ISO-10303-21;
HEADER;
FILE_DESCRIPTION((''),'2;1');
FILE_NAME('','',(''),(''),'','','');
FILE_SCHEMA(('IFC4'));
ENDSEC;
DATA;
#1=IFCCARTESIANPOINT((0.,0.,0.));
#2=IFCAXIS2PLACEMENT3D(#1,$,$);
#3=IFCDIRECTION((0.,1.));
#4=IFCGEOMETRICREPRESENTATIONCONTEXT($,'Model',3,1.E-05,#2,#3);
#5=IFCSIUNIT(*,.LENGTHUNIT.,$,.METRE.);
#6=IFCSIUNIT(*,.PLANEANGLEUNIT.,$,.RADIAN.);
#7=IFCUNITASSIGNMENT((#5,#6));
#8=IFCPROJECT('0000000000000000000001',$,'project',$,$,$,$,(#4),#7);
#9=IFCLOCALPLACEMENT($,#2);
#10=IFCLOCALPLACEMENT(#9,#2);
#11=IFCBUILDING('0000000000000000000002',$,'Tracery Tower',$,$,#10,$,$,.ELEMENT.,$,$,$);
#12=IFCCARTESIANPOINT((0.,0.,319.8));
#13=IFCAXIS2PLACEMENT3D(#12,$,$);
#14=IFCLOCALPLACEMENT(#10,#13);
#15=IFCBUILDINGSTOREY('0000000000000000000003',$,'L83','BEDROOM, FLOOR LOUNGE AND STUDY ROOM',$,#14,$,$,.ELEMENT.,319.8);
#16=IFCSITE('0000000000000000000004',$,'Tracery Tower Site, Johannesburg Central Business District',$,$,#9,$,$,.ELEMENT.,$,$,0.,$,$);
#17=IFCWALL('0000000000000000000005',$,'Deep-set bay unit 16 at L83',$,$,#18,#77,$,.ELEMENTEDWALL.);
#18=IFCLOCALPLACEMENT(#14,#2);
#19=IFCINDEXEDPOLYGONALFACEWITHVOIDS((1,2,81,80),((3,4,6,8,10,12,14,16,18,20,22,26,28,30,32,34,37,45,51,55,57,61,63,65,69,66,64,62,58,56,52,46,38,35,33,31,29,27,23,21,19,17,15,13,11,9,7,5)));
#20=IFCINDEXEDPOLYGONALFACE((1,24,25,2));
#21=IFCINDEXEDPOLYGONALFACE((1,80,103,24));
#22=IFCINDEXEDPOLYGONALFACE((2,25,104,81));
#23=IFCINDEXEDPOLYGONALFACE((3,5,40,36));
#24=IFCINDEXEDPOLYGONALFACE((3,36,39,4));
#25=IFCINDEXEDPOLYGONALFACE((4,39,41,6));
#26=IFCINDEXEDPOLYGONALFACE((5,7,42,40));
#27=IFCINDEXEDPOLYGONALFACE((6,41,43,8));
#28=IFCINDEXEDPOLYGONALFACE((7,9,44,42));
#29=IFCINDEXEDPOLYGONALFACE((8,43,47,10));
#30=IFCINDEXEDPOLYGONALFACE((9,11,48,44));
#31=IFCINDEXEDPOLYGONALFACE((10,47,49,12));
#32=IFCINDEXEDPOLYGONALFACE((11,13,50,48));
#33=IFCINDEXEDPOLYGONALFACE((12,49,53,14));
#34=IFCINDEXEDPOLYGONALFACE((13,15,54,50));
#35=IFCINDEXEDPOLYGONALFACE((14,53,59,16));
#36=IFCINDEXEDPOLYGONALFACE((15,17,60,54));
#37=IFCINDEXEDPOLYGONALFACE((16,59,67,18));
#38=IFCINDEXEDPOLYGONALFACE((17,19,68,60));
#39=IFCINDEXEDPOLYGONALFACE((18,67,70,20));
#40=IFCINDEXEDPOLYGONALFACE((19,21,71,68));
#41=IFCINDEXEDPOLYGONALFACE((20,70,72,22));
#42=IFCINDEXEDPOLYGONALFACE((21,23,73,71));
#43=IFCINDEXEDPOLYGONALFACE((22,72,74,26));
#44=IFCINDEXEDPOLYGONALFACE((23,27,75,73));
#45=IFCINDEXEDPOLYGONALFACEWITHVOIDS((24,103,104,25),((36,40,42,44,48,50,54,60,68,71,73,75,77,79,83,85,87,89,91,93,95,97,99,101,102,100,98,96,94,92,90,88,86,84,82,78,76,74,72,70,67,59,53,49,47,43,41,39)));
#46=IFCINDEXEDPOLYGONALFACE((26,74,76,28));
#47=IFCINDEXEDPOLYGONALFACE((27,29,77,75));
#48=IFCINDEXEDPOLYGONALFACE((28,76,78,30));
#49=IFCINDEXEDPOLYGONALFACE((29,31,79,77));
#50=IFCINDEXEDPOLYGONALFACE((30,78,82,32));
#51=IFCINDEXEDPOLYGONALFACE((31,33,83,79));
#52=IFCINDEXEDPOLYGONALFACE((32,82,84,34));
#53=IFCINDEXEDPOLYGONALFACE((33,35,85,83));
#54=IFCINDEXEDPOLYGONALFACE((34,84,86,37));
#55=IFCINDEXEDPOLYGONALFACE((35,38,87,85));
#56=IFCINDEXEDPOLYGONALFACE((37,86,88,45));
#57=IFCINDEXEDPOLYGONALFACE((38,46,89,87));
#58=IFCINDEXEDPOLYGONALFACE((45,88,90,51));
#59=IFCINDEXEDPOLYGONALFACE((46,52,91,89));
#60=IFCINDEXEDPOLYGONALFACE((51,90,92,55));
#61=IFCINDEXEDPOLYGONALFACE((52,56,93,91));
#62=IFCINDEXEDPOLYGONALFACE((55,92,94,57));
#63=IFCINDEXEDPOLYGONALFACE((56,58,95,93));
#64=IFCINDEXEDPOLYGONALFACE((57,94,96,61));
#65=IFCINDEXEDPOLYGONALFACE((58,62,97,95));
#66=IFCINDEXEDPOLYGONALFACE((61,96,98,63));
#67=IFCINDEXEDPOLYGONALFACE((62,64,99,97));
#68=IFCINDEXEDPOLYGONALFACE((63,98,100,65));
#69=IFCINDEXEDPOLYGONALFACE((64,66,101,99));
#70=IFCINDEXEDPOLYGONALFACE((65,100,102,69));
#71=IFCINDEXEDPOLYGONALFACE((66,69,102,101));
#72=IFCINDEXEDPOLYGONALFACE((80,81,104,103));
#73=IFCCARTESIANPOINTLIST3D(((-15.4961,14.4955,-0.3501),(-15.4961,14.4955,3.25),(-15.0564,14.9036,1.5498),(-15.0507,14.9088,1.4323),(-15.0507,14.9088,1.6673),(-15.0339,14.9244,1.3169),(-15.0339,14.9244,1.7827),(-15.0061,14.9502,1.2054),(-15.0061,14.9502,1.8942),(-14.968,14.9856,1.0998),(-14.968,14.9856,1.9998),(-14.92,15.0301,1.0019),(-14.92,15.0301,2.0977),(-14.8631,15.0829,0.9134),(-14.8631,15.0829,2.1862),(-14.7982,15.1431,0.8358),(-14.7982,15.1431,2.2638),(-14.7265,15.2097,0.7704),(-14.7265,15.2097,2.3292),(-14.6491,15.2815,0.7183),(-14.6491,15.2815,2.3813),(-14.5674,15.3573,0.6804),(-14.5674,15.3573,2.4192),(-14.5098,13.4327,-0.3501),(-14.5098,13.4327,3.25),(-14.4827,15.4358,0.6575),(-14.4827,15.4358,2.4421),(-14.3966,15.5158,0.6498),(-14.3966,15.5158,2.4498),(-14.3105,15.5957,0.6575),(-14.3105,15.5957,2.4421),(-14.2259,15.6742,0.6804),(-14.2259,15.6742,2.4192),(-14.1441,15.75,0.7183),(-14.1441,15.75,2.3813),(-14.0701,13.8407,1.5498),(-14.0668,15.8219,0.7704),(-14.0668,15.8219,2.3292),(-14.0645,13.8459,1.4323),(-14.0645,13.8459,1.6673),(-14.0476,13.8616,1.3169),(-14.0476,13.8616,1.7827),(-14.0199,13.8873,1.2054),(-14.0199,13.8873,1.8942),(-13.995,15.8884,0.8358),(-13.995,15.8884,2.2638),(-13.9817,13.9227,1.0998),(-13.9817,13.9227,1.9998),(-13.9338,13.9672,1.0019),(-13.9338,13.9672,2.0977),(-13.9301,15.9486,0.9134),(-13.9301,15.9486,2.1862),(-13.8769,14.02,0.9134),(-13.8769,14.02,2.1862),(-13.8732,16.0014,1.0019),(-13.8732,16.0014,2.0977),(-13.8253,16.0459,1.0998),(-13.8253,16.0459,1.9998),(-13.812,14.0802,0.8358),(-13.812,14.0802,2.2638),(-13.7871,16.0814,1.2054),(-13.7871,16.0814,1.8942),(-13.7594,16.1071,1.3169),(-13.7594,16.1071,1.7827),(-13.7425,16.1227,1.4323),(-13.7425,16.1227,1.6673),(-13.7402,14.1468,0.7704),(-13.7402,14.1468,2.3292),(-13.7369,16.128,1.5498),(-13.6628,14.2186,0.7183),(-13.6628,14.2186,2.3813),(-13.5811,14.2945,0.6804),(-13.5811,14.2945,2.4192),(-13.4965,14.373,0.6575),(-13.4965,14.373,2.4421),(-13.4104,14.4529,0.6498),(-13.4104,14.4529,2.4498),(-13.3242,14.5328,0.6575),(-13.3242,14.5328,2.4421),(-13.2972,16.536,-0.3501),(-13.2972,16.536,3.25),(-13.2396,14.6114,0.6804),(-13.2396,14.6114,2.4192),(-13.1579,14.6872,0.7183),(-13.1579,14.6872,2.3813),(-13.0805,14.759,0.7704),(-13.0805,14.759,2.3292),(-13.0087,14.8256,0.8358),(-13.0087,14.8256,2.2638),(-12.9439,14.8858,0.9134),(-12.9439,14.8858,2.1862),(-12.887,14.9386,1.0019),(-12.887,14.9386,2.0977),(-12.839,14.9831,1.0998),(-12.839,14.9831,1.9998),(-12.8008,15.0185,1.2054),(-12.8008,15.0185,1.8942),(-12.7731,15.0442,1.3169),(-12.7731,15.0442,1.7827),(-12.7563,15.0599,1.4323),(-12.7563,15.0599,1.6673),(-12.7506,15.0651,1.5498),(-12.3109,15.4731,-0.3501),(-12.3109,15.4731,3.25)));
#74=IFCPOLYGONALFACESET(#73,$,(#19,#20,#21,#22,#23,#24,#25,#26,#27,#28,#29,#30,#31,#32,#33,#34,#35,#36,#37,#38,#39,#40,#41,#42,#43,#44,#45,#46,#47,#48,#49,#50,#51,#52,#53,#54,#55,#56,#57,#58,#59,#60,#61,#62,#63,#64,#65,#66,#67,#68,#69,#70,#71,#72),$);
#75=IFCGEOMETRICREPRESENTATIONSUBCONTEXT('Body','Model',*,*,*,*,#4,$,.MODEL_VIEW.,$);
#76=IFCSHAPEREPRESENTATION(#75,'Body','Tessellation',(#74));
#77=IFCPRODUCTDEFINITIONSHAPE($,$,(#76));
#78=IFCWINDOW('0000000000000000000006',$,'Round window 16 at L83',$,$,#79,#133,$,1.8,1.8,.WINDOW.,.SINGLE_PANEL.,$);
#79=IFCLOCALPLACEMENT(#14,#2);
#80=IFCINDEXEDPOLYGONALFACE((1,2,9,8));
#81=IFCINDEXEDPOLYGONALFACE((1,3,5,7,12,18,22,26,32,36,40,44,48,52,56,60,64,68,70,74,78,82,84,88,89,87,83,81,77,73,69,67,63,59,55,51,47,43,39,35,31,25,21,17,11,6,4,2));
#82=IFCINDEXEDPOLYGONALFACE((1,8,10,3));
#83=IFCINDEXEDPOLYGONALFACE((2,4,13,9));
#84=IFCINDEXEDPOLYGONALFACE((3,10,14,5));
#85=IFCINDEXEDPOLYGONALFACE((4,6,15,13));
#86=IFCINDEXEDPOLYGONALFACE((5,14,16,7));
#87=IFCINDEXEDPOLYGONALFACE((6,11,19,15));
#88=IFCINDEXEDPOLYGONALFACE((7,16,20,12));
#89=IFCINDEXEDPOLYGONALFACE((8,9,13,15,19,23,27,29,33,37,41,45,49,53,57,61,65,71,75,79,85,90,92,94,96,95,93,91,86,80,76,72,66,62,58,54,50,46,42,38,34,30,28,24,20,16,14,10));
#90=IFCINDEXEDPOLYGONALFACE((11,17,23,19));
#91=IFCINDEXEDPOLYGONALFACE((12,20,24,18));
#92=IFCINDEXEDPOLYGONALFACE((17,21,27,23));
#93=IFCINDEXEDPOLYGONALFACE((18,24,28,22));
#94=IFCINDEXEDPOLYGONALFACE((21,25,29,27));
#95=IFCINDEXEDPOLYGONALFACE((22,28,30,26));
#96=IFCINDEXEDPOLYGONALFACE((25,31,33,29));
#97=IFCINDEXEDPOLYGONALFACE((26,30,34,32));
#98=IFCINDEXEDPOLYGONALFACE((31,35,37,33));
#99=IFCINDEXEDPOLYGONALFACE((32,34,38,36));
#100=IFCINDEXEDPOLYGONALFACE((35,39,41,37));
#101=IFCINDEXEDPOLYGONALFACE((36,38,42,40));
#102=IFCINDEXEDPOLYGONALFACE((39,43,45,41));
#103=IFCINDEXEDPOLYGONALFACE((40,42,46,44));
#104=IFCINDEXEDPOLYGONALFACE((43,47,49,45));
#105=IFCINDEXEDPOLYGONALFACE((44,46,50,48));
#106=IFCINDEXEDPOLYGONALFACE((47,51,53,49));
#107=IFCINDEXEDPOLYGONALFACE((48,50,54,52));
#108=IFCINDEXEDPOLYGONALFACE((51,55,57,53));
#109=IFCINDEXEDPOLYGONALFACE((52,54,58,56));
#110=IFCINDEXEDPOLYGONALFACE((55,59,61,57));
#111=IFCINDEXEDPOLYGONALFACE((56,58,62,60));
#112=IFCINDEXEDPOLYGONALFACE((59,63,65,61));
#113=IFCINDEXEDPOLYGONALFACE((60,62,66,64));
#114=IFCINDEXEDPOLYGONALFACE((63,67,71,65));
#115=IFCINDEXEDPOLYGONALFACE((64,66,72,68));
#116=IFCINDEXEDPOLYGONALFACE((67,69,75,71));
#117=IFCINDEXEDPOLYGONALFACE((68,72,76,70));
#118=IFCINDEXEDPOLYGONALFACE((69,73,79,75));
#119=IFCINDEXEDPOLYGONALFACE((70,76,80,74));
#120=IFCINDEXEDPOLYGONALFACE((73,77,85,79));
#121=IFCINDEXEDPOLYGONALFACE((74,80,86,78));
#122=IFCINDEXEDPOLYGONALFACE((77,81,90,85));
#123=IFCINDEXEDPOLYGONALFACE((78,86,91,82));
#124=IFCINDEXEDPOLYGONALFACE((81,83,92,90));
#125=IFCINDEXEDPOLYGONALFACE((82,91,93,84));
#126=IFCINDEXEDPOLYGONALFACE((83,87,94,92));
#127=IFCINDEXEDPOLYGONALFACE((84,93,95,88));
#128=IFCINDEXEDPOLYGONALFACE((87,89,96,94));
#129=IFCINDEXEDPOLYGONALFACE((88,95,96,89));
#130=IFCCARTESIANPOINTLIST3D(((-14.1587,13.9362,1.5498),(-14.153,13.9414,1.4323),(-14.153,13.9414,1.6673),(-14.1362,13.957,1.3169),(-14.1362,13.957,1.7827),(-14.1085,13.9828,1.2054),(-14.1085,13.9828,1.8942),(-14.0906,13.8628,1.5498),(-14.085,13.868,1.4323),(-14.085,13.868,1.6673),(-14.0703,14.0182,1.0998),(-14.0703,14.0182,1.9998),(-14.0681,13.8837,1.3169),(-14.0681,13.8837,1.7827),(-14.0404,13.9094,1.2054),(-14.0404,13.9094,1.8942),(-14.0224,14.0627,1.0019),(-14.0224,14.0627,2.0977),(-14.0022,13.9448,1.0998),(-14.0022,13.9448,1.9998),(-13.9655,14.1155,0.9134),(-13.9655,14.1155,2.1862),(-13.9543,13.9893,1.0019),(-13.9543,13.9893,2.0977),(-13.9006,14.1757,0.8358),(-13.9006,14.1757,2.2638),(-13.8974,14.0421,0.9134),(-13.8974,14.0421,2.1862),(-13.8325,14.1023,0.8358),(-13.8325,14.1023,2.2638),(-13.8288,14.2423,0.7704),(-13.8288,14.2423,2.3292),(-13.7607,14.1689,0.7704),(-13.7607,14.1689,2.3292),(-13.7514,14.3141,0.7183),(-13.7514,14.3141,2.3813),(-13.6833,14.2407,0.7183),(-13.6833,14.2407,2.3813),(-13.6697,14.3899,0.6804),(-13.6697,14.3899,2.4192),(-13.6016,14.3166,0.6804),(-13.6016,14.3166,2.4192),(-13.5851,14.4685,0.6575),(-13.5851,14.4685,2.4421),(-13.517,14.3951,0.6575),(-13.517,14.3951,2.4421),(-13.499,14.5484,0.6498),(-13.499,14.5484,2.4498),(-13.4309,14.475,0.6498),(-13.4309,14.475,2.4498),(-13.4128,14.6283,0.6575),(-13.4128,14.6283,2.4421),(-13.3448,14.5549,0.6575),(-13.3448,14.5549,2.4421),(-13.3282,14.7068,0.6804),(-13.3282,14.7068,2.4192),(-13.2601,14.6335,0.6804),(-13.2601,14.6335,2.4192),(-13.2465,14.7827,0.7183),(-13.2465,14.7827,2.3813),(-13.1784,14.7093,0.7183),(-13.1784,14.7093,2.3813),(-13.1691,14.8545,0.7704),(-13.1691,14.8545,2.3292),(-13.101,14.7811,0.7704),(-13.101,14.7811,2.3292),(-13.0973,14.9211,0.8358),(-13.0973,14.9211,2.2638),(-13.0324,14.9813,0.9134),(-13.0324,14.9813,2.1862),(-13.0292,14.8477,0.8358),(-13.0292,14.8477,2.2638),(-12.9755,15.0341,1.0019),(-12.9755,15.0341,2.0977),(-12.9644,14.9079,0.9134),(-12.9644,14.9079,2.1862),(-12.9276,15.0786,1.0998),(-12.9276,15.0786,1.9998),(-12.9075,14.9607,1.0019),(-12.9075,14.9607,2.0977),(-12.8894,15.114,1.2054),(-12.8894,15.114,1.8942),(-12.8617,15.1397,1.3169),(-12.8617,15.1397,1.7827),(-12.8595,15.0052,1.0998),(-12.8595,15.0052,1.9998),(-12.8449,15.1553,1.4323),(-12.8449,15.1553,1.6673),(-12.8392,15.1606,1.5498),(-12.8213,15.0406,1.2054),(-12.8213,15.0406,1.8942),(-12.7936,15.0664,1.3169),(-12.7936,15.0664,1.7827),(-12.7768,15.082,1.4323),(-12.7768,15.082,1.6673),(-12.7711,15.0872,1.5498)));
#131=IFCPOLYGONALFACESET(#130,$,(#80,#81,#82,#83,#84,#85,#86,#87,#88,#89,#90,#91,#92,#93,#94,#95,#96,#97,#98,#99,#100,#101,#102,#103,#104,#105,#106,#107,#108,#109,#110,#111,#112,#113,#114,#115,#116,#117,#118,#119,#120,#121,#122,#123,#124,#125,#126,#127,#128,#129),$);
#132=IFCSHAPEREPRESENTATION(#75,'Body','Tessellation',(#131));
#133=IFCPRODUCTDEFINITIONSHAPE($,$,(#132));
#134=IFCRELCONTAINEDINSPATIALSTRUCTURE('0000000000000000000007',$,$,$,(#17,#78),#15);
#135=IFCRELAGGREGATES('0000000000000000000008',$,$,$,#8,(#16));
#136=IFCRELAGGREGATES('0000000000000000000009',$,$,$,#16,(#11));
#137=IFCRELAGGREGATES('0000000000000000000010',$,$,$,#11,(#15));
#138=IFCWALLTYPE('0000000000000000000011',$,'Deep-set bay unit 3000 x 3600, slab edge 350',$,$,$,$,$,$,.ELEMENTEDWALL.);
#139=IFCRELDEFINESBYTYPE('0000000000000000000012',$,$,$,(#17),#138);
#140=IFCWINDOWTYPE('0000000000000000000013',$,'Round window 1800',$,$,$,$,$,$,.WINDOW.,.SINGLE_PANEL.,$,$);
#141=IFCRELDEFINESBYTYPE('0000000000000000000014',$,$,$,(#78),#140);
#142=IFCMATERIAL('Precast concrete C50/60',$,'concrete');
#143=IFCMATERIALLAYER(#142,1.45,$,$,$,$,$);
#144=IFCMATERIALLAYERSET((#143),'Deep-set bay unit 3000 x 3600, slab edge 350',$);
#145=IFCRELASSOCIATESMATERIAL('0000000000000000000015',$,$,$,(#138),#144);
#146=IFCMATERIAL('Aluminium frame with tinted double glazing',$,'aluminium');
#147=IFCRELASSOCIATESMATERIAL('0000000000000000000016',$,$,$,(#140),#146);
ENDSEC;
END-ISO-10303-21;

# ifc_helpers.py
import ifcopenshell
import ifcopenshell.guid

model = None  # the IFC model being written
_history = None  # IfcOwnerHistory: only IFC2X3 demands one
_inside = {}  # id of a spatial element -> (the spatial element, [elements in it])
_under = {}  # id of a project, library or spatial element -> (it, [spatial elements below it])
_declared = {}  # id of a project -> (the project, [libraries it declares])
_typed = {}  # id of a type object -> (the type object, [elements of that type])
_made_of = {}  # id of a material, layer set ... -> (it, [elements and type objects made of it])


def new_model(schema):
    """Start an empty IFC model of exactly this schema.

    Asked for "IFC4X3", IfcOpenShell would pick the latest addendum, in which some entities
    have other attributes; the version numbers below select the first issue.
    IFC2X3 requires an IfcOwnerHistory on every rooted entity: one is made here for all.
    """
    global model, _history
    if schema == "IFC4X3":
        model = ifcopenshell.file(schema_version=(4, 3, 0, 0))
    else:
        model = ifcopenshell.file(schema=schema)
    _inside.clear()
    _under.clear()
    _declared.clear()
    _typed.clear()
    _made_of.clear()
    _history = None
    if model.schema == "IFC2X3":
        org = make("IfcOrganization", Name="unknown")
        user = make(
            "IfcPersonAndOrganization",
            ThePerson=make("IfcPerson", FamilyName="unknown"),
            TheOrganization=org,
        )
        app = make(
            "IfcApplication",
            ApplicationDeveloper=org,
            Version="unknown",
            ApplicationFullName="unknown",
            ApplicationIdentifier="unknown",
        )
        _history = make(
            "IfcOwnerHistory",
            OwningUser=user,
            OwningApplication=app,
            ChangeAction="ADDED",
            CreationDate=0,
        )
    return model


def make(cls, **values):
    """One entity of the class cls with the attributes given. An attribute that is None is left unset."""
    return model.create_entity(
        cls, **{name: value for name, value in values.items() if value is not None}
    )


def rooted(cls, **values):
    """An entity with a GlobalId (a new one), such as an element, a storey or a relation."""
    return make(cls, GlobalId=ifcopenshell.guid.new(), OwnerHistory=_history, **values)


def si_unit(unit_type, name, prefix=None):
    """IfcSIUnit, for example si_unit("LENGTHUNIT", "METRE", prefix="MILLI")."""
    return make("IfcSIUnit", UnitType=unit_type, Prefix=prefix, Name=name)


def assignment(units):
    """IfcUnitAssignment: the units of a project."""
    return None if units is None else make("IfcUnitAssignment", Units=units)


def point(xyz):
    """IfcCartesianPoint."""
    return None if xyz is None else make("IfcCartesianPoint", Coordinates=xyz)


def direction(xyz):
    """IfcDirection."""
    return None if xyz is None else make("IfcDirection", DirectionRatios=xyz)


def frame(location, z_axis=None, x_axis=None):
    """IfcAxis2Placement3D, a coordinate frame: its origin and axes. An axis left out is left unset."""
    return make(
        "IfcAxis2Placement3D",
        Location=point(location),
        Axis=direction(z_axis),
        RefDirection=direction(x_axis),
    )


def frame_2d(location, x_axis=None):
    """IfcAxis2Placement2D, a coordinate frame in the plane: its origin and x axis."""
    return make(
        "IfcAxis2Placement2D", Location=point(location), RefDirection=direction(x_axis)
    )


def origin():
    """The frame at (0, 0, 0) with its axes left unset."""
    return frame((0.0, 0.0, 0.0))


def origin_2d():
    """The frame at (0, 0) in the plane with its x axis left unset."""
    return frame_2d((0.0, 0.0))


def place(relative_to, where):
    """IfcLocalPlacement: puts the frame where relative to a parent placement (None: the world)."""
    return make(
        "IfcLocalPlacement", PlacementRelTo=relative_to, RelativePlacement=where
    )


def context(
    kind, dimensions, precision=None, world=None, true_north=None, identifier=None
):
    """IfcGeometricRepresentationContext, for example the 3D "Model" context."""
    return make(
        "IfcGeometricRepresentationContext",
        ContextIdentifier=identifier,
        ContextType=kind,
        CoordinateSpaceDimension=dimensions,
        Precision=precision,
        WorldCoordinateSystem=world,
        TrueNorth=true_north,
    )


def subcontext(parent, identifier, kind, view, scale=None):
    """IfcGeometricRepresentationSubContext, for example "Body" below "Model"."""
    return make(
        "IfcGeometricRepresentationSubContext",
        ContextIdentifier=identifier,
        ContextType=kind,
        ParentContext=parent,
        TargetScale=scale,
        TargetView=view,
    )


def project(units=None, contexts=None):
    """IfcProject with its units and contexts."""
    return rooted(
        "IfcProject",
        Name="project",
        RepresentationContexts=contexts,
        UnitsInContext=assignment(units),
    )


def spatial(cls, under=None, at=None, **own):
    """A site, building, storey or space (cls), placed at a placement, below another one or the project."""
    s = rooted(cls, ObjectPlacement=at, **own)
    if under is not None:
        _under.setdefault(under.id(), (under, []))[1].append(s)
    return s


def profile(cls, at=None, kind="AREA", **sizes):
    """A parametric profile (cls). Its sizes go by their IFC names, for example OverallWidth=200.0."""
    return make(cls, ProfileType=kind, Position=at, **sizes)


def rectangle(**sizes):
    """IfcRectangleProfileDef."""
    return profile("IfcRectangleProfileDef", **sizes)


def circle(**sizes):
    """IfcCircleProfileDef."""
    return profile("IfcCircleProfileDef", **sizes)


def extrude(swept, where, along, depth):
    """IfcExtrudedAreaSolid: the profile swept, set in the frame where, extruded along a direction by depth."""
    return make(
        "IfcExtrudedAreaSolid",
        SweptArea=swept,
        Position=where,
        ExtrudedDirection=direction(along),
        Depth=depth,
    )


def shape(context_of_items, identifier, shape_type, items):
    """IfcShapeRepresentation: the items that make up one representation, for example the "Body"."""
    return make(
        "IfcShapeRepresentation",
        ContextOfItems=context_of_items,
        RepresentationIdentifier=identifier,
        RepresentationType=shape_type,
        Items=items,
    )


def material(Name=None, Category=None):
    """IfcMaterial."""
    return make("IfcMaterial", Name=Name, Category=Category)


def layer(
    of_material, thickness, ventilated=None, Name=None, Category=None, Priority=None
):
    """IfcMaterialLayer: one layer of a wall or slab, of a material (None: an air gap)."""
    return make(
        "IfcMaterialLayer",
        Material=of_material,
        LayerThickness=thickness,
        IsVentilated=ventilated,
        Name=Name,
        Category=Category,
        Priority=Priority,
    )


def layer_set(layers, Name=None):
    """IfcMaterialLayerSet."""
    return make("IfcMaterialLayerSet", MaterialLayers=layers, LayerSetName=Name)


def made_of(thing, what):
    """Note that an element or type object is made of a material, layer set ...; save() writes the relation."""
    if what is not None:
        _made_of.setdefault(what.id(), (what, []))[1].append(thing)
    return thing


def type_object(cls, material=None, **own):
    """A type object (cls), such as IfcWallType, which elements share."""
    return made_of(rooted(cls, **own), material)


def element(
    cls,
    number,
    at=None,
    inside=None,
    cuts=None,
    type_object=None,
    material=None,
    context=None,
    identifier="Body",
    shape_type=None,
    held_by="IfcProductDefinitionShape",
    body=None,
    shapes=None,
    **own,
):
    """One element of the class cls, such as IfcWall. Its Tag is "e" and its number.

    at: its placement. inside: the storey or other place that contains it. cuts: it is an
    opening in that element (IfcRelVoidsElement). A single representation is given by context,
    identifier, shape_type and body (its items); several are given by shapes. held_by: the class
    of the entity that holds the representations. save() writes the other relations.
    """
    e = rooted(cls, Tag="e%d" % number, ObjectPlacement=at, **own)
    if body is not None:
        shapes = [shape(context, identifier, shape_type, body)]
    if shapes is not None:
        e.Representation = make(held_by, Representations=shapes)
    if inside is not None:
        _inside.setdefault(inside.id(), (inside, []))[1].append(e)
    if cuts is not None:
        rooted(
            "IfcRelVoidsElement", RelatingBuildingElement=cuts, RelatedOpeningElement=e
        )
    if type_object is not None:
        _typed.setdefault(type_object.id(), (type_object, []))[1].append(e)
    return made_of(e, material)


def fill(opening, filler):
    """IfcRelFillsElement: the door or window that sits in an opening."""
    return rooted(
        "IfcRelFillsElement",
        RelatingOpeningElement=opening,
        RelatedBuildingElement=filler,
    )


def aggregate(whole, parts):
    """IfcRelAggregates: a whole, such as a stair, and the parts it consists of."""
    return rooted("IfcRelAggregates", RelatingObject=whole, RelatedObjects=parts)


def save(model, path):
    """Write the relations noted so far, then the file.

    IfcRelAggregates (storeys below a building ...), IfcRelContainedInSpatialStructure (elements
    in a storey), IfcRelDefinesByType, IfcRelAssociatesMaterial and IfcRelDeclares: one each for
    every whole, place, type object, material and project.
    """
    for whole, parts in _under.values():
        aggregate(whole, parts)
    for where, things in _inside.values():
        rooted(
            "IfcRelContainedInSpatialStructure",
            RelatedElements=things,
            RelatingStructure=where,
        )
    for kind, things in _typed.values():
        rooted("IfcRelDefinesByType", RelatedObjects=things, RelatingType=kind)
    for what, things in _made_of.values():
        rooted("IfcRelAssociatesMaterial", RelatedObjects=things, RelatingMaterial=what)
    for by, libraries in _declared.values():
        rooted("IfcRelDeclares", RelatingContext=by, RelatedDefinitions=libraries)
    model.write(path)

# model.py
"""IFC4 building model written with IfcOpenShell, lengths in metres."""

from ifc_helpers import new_model, si_unit, direction, frame, frame_2d, origin, origin_2d, place, context, subcontext, project, spatial, rectangle, circle, extrude, material, layer, layer_set, type_object, element, fill, save


model = new_model("IFC4")

# Units and contexts
model_context = context("Model", 3, precision=1e-05, world=origin(), true_north=direction((0.0, 1.0)))
body_context = subcontext(model_context, "Body", "Model", "MODEL_VIEW")
ifc_project = project(units=[si_unit("LENGTHUNIT", "METRE"), si_unit("PLANEANGLEUNIT", "RADIAN")], contexts=[model_context])

# Site, building, storey
site_placement = place(None, origin())
site = spatial("IfcSite", under=ifc_project, at=site_placement, Name="Tracery Tower Site, Johannesburg Central Business District", CompositionType="ELEMENT", RefElevation=0.0)
building_placement = place(site_placement, origin())
building = spatial("IfcBuilding", under=site, at=building_placement, Name="Tracery Tower", CompositionType="ELEMENT")
storey_placement = place(building_placement, frame((0.0, 0.0, 319.8)))
storey = spatial("IfcBuildingStorey", under=building, at=storey_placement, Name="L83", Description="BEDROOM, FLOOR LOUNGE AND STUDY ROOM", CompositionType="ELEMENT", Elevation=319.8)

# Wall, opening, window
ifc_material_1 = material(Name="Precast concrete C50/60", Category="concrete")
ifc_layer_1 = layer(ifc_material_1, 1.45)
ifc_layer_set_1 = layer_set([ifc_layer_1], Name="Deep-set bay unit 3000 x 3600, slab edge 350")
wall_type_1 = type_object("IfcWallType", Name="Deep-set bay unit 3000 x 3600, slab edge 350", PredefinedType="ELEMENTEDWALL", material=ifc_layer_set_1)
wall_1_placement = place(storey_placement, frame((-12.804, 16.0046, -0.3501), z_axis=(0.0, 0.0, 1.0), x_axis=(-0.733022, -0.680204, 0.0)))
wall_1 = element("IfcWall", 1, at=wall_1_placement, inside=storey, type_object=wall_type_1, Name="Deep-set bay unit 16 at L83", PredefinedType="ELEMENTEDWALL", context=body_context, shape_type="SweptSolid", body=[
    extrude(rectangle(XDim=2.9998, YDim=1.45, at=frame_2d((1.5, 0.0))), origin(), (0.0, 0.0, 1.0), 3.6001),
])
opening_1_placement = place(wall_1_placement, frame((1.5, 0.0, 1.8999)))
opening_1 = element("IfcOpeningElement", 2, at=opening_1_placement, cuts=wall_1, PredefinedType="OPENING", context=body_context, shape_type="SweptSolid", body=[
    extrude(circle(Radius=0.9, at=origin_2d()), frame((0.0, 0.7349, 0.0), z_axis=(0.0, -1.0, 0.0), x_axis=(1.0, 0.0, 0.0)), (0.0, 0.0, 1.0), 1.47),
])
ifc_material_2 = material(Name="Aluminium frame with tinted double glazing", Category="aluminium")
window_type = type_object("IfcWindowType", Name="Round window 1800", PartitioningType="SINGLE_PANEL", PredefinedType="WINDOW", material=ifc_material_2)
window_1_placement = place(opening_1_placement, origin())
window_1 = element("IfcWindow", 3, at=window_1_placement, inside=storey, type_object=window_type, Name="Round window 16 at L83", OverallHeight=1.8, OverallWidth=1.8, PartitioningType="SINGLE_PANEL", PredefinedType="WINDOW", context=body_context, shape_type="SweptSolid", body=[
    extrude(circle(Radius=0.9, at=origin_2d()), frame((0.0, 0.6948, 0.0), z_axis=(0.0, -1.0, 0.0), x_axis=(1.0, 0.0, 0.0)), (0.0, 0.0, 1.0), 0.1001),
])
fill(opening_1, window_1)

save(model, "model.ifc")
